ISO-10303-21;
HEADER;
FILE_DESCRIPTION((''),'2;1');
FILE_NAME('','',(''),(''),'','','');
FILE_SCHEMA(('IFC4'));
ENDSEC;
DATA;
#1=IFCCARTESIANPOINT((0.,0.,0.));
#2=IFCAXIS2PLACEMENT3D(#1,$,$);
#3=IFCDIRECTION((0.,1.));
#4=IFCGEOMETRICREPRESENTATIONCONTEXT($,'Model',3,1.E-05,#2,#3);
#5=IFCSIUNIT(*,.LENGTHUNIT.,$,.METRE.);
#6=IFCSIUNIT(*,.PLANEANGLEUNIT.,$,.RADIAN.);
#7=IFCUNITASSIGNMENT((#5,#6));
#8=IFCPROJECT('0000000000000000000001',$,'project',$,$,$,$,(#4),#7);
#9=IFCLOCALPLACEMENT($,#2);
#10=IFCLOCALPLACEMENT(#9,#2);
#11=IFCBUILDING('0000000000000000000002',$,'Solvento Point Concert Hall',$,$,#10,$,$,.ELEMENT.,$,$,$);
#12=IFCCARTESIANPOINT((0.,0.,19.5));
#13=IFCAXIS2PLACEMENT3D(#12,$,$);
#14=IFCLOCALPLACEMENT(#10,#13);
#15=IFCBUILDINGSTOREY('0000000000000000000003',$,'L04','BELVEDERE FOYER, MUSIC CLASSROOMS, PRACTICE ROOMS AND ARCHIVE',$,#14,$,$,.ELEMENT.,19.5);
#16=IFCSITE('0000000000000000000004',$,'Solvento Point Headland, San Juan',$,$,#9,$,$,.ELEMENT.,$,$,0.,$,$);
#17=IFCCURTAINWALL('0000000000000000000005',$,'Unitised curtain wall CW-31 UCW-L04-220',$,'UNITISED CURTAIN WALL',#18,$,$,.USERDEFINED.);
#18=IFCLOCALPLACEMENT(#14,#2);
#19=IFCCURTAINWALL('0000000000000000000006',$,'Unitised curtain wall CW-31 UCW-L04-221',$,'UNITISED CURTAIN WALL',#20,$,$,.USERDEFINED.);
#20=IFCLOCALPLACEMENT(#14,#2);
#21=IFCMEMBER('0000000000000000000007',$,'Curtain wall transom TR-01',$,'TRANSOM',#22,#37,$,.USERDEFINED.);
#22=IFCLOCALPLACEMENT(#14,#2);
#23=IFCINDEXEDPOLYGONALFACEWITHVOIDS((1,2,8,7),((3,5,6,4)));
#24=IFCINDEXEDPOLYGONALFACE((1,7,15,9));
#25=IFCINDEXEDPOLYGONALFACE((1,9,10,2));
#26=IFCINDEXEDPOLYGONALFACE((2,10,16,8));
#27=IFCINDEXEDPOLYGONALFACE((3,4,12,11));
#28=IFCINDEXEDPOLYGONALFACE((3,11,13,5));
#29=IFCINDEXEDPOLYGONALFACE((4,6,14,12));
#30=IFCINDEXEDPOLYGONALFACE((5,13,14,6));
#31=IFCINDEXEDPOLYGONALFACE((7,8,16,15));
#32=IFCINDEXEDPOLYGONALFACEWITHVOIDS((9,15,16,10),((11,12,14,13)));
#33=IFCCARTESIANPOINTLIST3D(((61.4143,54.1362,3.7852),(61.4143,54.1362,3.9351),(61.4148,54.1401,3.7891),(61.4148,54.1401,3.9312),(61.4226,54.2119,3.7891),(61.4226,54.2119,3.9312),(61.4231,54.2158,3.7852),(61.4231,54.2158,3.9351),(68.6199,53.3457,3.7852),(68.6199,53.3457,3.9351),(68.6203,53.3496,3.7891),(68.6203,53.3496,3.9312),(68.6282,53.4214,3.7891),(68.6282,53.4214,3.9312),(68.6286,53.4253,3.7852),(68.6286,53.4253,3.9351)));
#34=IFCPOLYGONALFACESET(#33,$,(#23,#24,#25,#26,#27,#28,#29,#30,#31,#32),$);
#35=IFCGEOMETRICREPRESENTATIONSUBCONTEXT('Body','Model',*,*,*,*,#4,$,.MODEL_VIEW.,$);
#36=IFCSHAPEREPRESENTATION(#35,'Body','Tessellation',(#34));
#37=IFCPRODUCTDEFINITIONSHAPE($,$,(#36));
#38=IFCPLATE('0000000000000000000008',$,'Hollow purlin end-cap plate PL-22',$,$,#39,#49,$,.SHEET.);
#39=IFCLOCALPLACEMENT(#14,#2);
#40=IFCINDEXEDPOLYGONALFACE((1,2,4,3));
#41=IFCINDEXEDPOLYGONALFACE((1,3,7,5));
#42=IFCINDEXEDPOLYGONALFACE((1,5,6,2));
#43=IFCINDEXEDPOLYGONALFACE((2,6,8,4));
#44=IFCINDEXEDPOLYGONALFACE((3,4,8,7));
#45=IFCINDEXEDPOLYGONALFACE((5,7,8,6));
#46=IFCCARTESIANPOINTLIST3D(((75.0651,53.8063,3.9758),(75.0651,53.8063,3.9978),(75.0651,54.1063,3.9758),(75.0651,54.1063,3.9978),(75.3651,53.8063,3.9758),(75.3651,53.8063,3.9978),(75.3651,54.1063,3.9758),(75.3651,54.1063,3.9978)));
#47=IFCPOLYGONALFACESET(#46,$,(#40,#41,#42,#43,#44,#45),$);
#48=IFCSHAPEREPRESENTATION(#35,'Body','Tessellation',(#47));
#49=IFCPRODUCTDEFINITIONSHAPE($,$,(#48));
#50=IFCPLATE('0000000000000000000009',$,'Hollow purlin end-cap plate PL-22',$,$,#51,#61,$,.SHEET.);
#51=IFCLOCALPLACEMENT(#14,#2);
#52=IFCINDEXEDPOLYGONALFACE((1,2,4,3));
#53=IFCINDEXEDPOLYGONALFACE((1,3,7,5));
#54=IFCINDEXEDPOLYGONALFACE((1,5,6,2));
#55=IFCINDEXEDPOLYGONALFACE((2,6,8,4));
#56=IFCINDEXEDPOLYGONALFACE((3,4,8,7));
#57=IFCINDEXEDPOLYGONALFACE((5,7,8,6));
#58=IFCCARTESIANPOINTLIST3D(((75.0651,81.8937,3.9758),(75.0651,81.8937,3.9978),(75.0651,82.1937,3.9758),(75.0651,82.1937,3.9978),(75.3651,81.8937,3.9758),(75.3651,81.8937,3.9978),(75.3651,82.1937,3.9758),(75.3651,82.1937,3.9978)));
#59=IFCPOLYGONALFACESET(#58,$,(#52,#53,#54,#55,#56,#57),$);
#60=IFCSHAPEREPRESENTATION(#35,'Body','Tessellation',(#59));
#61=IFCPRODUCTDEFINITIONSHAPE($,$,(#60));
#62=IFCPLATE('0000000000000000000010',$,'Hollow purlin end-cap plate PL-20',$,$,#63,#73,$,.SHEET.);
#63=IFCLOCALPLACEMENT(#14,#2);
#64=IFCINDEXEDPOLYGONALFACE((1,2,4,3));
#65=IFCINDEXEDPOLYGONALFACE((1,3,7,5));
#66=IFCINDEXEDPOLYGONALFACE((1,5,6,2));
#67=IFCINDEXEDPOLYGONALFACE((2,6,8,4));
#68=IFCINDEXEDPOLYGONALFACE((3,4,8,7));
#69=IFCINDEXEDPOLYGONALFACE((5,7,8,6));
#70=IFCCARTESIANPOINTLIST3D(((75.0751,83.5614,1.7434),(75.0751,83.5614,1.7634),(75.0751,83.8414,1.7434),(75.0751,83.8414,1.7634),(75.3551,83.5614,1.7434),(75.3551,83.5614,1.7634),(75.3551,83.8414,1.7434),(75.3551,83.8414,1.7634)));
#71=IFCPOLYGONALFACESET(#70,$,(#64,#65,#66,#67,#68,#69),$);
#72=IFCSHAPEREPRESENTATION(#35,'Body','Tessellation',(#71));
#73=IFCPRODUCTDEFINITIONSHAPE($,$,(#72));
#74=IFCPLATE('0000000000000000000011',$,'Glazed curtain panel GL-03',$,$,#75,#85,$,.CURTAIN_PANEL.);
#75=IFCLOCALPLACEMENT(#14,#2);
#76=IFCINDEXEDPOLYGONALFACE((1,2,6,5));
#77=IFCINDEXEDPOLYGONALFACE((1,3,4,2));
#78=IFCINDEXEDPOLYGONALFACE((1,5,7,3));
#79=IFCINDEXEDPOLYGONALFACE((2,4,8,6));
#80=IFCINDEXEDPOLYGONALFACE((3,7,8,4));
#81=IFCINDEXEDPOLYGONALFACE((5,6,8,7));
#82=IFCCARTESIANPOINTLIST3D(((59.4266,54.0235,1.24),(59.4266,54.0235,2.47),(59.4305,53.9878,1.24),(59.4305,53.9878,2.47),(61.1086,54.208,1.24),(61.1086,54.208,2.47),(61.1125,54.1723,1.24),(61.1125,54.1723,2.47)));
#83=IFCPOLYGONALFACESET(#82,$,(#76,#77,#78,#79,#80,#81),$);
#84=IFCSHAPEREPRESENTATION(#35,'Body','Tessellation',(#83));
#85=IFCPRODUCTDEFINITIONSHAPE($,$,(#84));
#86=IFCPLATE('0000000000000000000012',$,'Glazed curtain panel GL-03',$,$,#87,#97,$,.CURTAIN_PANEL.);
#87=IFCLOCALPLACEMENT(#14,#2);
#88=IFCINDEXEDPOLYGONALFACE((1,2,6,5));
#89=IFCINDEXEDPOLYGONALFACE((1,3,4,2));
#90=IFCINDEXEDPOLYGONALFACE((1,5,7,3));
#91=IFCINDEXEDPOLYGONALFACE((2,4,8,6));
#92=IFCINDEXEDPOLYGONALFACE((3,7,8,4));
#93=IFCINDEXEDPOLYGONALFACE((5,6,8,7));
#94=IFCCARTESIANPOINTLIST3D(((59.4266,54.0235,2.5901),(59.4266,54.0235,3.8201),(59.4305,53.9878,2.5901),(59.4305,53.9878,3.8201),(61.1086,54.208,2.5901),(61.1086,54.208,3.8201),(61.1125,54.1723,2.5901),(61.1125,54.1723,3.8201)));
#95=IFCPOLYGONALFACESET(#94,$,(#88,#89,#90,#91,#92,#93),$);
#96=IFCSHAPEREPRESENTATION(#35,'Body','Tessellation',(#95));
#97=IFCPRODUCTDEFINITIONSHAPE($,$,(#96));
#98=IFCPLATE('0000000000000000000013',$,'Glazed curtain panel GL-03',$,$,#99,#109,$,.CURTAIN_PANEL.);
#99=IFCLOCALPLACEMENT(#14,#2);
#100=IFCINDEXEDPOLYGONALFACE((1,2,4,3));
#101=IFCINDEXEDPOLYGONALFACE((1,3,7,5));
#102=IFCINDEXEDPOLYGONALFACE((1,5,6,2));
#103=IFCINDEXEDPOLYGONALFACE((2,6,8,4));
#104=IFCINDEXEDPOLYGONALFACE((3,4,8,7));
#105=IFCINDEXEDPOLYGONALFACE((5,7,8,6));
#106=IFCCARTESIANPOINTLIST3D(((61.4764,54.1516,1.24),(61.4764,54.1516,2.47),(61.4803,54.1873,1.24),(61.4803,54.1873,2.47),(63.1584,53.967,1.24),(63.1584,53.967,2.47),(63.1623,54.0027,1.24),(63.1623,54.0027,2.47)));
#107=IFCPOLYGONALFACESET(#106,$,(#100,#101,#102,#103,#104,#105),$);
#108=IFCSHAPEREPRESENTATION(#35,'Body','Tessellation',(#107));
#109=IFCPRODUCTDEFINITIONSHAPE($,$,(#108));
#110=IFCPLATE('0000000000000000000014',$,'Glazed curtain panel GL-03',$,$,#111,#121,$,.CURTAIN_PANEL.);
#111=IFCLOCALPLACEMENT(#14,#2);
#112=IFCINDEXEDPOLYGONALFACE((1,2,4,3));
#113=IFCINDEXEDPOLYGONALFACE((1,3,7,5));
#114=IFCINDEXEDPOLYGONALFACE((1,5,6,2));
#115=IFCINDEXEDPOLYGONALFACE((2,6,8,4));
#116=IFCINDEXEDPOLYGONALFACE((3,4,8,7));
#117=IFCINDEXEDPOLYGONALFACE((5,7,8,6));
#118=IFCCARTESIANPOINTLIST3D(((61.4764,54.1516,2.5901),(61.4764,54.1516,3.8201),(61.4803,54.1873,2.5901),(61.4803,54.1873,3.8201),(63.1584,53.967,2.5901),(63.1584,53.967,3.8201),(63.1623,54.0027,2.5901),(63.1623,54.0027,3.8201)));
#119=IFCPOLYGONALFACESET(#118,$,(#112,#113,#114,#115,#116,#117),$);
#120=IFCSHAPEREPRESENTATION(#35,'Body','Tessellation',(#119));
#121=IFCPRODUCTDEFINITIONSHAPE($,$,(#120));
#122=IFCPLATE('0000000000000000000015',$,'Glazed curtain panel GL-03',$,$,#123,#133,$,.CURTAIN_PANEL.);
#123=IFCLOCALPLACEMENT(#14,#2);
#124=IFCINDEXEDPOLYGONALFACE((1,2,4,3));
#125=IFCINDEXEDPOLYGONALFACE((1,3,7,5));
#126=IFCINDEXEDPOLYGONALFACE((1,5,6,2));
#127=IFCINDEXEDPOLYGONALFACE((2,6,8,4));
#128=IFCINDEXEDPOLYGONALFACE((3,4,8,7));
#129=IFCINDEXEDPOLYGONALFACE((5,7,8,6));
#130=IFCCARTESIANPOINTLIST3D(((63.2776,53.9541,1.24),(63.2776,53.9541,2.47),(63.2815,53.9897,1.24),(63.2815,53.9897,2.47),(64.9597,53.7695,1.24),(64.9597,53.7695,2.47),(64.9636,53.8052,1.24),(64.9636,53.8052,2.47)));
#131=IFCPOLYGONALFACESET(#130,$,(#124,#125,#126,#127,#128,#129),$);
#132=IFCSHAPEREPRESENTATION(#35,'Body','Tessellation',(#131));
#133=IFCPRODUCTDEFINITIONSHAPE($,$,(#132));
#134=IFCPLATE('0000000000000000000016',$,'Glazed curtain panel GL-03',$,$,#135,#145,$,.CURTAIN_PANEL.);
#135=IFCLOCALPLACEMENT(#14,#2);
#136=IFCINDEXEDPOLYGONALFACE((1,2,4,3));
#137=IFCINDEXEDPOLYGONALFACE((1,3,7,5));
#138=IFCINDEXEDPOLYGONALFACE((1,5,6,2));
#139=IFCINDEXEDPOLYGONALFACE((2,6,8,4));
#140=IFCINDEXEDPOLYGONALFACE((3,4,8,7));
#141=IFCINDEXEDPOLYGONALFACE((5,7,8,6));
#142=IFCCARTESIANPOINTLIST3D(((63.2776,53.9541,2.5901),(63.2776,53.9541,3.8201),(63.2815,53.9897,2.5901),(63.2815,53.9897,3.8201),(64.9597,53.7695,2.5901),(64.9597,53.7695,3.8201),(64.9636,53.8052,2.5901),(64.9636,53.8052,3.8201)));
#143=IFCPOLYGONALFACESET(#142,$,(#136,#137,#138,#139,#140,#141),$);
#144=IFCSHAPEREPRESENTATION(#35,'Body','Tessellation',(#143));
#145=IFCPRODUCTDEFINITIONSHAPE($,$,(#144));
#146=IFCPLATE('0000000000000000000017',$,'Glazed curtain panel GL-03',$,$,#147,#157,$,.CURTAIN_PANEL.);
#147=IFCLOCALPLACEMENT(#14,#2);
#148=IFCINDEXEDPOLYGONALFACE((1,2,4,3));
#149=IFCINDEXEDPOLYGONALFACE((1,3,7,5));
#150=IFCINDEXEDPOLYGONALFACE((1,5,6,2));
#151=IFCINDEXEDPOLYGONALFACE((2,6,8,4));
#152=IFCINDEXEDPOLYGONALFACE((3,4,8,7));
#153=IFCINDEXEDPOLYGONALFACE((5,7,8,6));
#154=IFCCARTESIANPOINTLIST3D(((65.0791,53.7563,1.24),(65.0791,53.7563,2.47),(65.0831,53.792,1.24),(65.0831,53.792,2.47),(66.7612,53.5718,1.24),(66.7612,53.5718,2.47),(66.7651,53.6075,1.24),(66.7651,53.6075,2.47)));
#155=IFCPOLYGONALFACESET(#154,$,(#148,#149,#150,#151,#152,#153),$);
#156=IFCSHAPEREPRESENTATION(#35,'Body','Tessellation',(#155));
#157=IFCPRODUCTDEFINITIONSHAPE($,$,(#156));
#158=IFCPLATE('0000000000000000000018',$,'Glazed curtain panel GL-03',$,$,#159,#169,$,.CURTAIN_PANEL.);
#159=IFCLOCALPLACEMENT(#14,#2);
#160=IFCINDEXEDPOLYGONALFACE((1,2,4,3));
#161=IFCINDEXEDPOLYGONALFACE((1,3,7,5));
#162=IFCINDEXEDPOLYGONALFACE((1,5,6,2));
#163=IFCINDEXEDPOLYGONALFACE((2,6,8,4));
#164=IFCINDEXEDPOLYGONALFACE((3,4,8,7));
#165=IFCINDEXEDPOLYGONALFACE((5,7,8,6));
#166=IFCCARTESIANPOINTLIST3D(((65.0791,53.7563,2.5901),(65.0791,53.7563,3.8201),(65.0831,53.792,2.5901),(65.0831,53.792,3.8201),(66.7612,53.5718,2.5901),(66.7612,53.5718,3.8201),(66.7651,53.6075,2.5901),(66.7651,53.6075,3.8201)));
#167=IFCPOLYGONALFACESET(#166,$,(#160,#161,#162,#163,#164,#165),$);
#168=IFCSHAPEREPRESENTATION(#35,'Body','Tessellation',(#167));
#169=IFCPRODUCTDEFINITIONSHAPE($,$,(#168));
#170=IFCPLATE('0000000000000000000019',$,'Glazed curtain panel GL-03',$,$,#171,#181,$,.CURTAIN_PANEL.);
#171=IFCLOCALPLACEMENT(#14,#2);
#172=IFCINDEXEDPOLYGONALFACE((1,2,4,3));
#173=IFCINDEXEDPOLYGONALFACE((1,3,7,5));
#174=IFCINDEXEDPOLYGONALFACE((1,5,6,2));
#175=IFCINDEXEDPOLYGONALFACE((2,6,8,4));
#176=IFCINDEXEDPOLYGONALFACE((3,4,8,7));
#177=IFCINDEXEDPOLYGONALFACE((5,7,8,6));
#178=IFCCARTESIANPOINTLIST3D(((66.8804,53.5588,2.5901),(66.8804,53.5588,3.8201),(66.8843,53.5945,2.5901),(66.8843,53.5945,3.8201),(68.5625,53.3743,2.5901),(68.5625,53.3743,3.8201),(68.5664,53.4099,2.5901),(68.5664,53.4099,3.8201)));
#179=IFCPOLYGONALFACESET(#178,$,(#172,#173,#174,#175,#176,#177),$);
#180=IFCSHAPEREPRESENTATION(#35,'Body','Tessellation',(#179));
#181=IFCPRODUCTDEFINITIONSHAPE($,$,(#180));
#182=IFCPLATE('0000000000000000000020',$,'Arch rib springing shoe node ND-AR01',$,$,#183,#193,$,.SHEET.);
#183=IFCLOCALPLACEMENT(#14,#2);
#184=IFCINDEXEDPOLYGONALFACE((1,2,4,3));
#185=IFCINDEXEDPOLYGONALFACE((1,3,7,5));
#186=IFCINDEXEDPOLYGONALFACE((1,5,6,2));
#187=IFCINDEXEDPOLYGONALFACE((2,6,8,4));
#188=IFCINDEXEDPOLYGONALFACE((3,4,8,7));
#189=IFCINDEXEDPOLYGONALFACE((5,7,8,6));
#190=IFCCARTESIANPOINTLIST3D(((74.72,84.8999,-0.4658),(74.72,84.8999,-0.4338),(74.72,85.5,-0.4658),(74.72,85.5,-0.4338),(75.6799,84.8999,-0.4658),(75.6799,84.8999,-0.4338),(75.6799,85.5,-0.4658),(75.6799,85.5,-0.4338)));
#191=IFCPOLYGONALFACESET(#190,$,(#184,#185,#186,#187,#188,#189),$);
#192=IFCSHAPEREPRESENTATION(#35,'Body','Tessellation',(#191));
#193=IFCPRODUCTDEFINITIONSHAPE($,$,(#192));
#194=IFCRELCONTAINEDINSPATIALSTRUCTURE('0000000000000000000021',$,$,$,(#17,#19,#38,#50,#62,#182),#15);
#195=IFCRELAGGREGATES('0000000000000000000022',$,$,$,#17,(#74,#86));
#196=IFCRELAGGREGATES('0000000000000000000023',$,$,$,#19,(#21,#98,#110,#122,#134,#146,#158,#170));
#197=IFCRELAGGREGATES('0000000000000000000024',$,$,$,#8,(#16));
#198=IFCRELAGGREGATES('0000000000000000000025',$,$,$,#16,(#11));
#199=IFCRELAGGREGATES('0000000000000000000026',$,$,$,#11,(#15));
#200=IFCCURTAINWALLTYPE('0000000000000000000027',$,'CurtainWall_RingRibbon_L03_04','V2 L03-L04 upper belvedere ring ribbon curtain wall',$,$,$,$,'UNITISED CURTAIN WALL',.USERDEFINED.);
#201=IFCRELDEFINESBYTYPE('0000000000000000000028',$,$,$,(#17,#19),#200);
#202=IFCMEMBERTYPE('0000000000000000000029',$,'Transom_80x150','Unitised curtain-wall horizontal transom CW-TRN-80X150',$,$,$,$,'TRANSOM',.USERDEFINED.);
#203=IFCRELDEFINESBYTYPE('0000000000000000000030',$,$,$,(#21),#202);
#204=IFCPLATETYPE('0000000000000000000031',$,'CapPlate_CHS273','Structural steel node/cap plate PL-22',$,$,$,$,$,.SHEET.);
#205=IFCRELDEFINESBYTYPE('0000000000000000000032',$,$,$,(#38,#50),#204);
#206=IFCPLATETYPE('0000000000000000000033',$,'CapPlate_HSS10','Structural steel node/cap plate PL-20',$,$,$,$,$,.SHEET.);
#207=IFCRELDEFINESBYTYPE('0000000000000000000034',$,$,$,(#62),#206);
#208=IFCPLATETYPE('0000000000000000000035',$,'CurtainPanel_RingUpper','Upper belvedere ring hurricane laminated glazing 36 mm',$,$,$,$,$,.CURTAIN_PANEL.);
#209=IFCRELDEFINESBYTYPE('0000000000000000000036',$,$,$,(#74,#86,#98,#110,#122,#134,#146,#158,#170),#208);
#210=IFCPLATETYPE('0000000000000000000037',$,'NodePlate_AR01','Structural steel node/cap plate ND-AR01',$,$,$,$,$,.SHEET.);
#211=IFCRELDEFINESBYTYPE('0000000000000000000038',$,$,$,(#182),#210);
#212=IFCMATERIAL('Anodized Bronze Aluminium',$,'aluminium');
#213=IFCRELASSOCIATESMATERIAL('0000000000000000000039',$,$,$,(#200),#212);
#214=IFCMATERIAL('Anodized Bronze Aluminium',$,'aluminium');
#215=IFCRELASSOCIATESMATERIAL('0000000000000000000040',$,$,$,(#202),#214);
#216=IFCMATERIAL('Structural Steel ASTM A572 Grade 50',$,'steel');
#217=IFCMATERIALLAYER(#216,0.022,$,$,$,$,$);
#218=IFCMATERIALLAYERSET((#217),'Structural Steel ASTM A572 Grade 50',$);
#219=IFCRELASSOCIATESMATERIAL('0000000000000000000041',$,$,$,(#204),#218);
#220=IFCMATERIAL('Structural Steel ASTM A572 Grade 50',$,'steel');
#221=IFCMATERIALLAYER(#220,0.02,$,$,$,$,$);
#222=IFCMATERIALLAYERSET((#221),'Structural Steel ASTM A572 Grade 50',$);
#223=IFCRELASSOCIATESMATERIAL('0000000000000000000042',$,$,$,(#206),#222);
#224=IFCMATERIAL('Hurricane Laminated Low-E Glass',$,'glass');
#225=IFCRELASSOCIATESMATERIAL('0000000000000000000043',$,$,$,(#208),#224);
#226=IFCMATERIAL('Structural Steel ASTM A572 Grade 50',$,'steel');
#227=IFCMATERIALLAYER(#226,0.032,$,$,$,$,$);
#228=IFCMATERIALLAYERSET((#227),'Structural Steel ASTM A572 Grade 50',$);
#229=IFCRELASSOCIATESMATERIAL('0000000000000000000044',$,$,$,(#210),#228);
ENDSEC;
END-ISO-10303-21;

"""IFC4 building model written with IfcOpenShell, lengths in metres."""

from ifc_helpers import new_model, si_unit, direction, frame, origin, origin_2d, place, context, subcontext, project, spatial, rectangle, hollow_rectangle, extrude, material, layer, layer_set, material_profile, profile_set, type_object, element, aggregate, save


model = new_model("IFC4")

# Units and contexts
model_context = context("Model", 3, precision=1e-05, world=origin(), true_north=direction((0.0, 1.0)))
body_context = subcontext(model_context, "Body", "Model", "MODEL_VIEW")
ifc_project = project(units=[si_unit("LENGTHUNIT", "METRE"), si_unit("PLANEANGLEUNIT", "RADIAN")], contexts=[model_context])

# Site, building, storey
site_placement = place(None, origin())
site = spatial("IfcSite", under=ifc_project, at=site_placement, Name="Solvento Point Headland, San Juan", CompositionType="ELEMENT", RefElevation=0.0)
building_placement = place(site_placement, origin())
building = spatial("IfcBuilding", under=site, at=building_placement, Name="Solvento Point Concert Hall", CompositionType="ELEMENT")
storey_placement = place(building_placement, frame((0.0, 0.0, 19.5)))
storey = spatial("IfcBuildingStorey", under=building, at=storey_placement, Name="L04", Description="BELVEDERE FOYER, MUSIC CLASSROOMS, PRACTICE ROOMS AND ARCHIVE", CompositionType="ELEMENT", Elevation=19.5)

# Curtain walls
ifc_material_1 = material(Name="Anodized Bronze Aluminium", Category="aluminium")
curtain_wall_type = type_object("IfcCurtainWallType", Name="CurtainWall_RingRibbon_L03_04", Description="V2 L03-L04 upper belvedere ring ribbon curtain wall", ElementType="UNITISED CURTAIN WALL", PredefinedType="USERDEFINED", material=ifc_material_1)
curtain_wall_1_placement = place(storey_placement, origin())
curtain_wall_1 = element("IfcCurtainWall", 1, at=curtain_wall_1_placement, inside=storey, type_object=curtain_wall_type, Name="Unitised curtain wall CW-31 UCW-L04-220", ObjectType="UNITISED CURTAIN WALL", PredefinedType="USERDEFINED")
curtain_wall_2_placement = place(storey_placement, origin())
curtain_wall_2 = element("IfcCurtainWall", 2, at=curtain_wall_2_placement, inside=storey, type_object=curtain_wall_type, Name="Unitised curtain wall CW-31 UCW-L04-221", ObjectType="UNITISED CURTAIN WALL", PredefinedType="USERDEFINED")

# Member
ifc_material_2 = material(Name="Anodized Bronze Aluminium", Category="aluminium")
ifc_material_profile_1 = material_profile(ifc_material_2, hollow_rectangle(XDim=0.0801, YDim=0.1499, WallThickness=0.0039, at=origin_2d()), Name="CW-TRN-80X150")
ifc_profile_set_1 = profile_set([ifc_material_profile_1], Name="Anodized Bronze Aluminium")
member_type_1 = type_object("IfcMemberType", Name="Transom_80x150", Description="Unitised curtain-wall horizontal transom CW-TRN-80X150", ElementType="TRANSOM", PredefinedType="USERDEFINED", material=ifc_profile_set_1)
member_1_placement = place(storey_placement, frame((61.4187, 54.176, 3.8601), z_axis=(0.994036, -0.109056, 0.0), x_axis=(0.109056, 0.994036, 0.0)))
member_1 = element("IfcMember", 3, at=member_1_placement, type_object=member_type_1, Name="Curtain wall transom TR-01", ObjectType="TRANSOM", PredefinedType="USERDEFINED", context=body_context, shape_type="SweptSolid", body=[
    extrude(hollow_rectangle(XDim=0.0801, YDim=0.1499, WallThickness=0.0039, at=origin_2d()), origin(), (0.0, 0.0, 1.0), 7.2488),
])

# Plates
ifc_material_3 = material(Name="Structural Steel ASTM A572 Grade 50", Category="steel")
ifc_layer_1 = layer(ifc_material_3, 0.022)
ifc_layer_set_1 = layer_set([ifc_layer_1], Name="Structural Steel ASTM A572 Grade 50")
plate_type_1 = type_object("IfcPlateType", Name="CapPlate_CHS273", Description="Structural steel node/cap plate PL-22", PredefinedType="SHEET", material=ifc_layer_set_1)
for number, where, z_axis, x_axis, name in (
    (4, (75.2151, 53.9563, 3.9758), (0.0, 0.0, 1.0), (0.0, 1.0, 0.0), "Hollow purlin end-cap plate PL-22"),
    (5, (75.2151, 82.0437, 3.9758), (0.0, 0.0, 1.0), (0.0, 1.0, 0.0), "Hollow purlin end-cap plate PL-22"),
):
    element("IfcPlate", number, at=place(storey_placement, frame(where, z_axis=z_axis, x_axis=x_axis)), inside=storey, type_object=plate_type_1, Name=name, PredefinedType="SHEET", context=body_context, shape_type="SweptSolid", body=[
        extrude(rectangle(XDim=0.3, YDim=0.3, at=origin_2d()), origin(), (0.0, 0.0, 1.0), 0.022),
    ])
ifc_material_4 = material(Name="Structural Steel ASTM A572 Grade 50", Category="steel")
ifc_layer_2 = layer(ifc_material_4, 0.02)
ifc_layer_set_2 = layer_set([ifc_layer_2], Name="Structural Steel ASTM A572 Grade 50")
plate_type_2 = type_object("IfcPlateType", Name="CapPlate_HSS10", Description="Structural steel node/cap plate PL-20", PredefinedType="SHEET", material=ifc_layer_set_2)
plate_1_placement = place(storey_placement, frame((75.2151, 83.7014, 1.7434), z_axis=(0.0, 0.0, 1.0), x_axis=(0.0, 1.0, 0.0)))
element("IfcPlate", 6, at=plate_1_placement, inside=storey, type_object=plate_type_2, Name="Hollow purlin end-cap plate PL-20", PredefinedType="SHEET", context=body_context, shape_type="SweptSolid", body=[
    extrude(rectangle(XDim=0.28, YDim=0.28, at=origin_2d()), origin(), (0.0, 0.0, 1.0), 0.02),
])

# Plates
ifc_material_5 = material(Name="Hurricane Laminated Low-E Glass", Category="glass")
plate_type_3 = type_object("IfcPlateType", Name="CurtainPanel_RingUpper", Description="Upper belvedere ring hurricane laminated glazing 36 mm", PredefinedType="CURTAIN_PANEL", material=ifc_material_5)
plate_2_placement = place(storey_placement, frame((60.2695, 54.0979, 1.24), z_axis=(0.0, 0.0, 1.0), x_axis=(0.994035, 0.109058, 0.0)))
plate_2 = element("IfcPlate", 7, at=plate_2_placement, type_object=plate_type_3, Name="Glazed curtain panel GL-03", PredefinedType="CURTAIN_PANEL", context=body_context, shape_type="SweptSolid", body=[
    extrude(rectangle(XDim=1.6921, YDim=0.0359, at=origin_2d()), origin(), (0.0, 0.0, 1.0), 1.23),
])
plate_3_placement = place(storey_placement, frame((60.2695, 54.0979, 2.5901), z_axis=(0.0, 0.0, 1.0), x_axis=(0.994035, 0.109058, 0.0)))
plate_3 = element("IfcPlate", 8, at=plate_3_placement, type_object=plate_type_3, Name="Glazed curtain panel GL-03", PredefinedType="CURTAIN_PANEL", context=body_context, shape_type="SweptSolid", body=[
    extrude(rectangle(XDim=1.6921, YDim=0.0359, at=origin_2d()), origin(), (0.0, 0.0, 1.0), 1.23),
])
aggregate(curtain_wall_1, [plate_2, plate_3])
plate_4_placement = place(storey_placement, frame((62.3193, 54.0771, 1.24), z_axis=(0.0, 0.0, 1.0), x_axis=(0.994035, -0.109058, 0.0)))
plate_4 = element("IfcPlate", 9, at=plate_4_placement, type_object=plate_type_3, Name="Glazed curtain panel GL-03", PredefinedType="CURTAIN_PANEL", context=body_context, shape_type="SweptSolid", body=[
    extrude(rectangle(XDim=1.6921, YDim=0.0359, at=origin_2d()), origin(), (0.0, 0.0, 1.0), 1.23),
])
plate_5_placement = place(storey_placement, frame((62.3193, 54.0771, 2.5901), z_axis=(0.0, 0.0, 1.0), x_axis=(0.994035, -0.109058, 0.0)))
plate_5 = element("IfcPlate", 10, at=plate_5_placement, type_object=plate_type_3, Name="Glazed curtain panel GL-03", PredefinedType="CURTAIN_PANEL", context=body_context, shape_type="SweptSolid", body=[
    extrude(rectangle(XDim=1.6921, YDim=0.0359, at=origin_2d()), origin(), (0.0, 0.0, 1.0), 1.23),
])
plate_6_placement = place(storey_placement, frame((64.1206, 53.8796, 1.24), z_axis=(0.0, 0.0, 1.0), x_axis=(0.994035, -0.109058, 0.0)))
plate_6 = element("IfcPlate", 11, at=plate_6_placement, type_object=plate_type_3, Name="Glazed curtain panel GL-03", PredefinedType="CURTAIN_PANEL", context=body_context, shape_type="SweptSolid", body=[
    extrude(rectangle(XDim=1.6921, YDim=0.0359, at=origin_2d()), origin(), (0.0, 0.0, 1.0), 1.23),
])
plate_7_placement = place(storey_placement, frame((64.1206, 53.8796, 2.5901), z_axis=(0.0, 0.0, 1.0), x_axis=(0.994035, -0.109058, 0.0)))
plate_7 = element("IfcPlate", 12, at=plate_7_placement, type_object=plate_type_3, Name="Glazed curtain panel GL-03", PredefinedType="CURTAIN_PANEL", context=body_context, shape_type="SweptSolid", body=[
    extrude(rectangle(XDim=1.6921, YDim=0.0359, at=origin_2d()), origin(), (0.0, 0.0, 1.0), 1.23),
])
plate_8_placement = place(storey_placement, frame((65.9221, 53.6819, 1.24), z_axis=(0.0, 0.0, 1.0), x_axis=(0.994035, -0.109058, 0.0)))
plate_8 = element("IfcPlate", 13, at=plate_8_placement, type_object=plate_type_3, Name="Glazed curtain panel GL-03", PredefinedType="CURTAIN_PANEL", context=body_context, shape_type="SweptSolid", body=[
    extrude(rectangle(XDim=1.6921, YDim=0.0359, at=origin_2d()), origin(), (0.0, 0.0, 1.0), 1.23),
])
plate_9_placement = place(storey_placement, frame((65.9221, 53.6819, 2.5901), z_axis=(0.0, 0.0, 1.0), x_axis=(0.994035, -0.109058, 0.0)))
plate_9 = element("IfcPlate", 14, at=plate_9_placement, type_object=plate_type_3, Name="Glazed curtain panel GL-03", PredefinedType="CURTAIN_PANEL", context=body_context, shape_type="SweptSolid", body=[
    extrude(rectangle(XDim=1.6921, YDim=0.0359, at=origin_2d()), origin(), (0.0, 0.0, 1.0), 1.23),
])
plate_10_placement = place(storey_placement, frame((67.7234, 53.4844, 2.5901), z_axis=(0.0, 0.0, 1.0), x_axis=(0.994035, -0.109058, 0.0)))
plate_10 = element("IfcPlate", 15, at=plate_10_placement, type_object=plate_type_3, Name="Glazed curtain panel GL-03", PredefinedType="CURTAIN_PANEL", context=body_context, shape_type="SweptSolid", body=[
    extrude(rectangle(XDim=1.6921, YDim=0.0359, at=origin_2d()), origin(), (0.0, 0.0, 1.0), 1.23),
])
aggregate(curtain_wall_2, [member_1, plate_4, plate_5, plate_6, plate_7, plate_8, plate_9, plate_10])

# Plate
ifc_material_6 = material(Name="Structural Steel ASTM A572 Grade 50", Category="steel")
ifc_layer_3 = layer(ifc_material_6, 0.032)
ifc_layer_set_3 = layer_set([ifc_layer_3], Name="Structural Steel ASTM A572 Grade 50")
plate_type_4 = type_object("IfcPlateType", Name="NodePlate_AR01", Description="Structural steel node/cap plate ND-AR01", PredefinedType="SHEET", material=ifc_layer_set_3)
plate_11_placement = place(storey_placement, frame((75.2, 85.2, -0.4658), z_axis=(0.0, 0.0, 1.0), x_axis=(1.0, 0.0, 0.0)))
element("IfcPlate", 16, at=plate_11_placement, inside=storey, type_object=plate_type_4, Name="Arch rib springing shoe node ND-AR01", PredefinedType="SHEET", context=body_context, shape_type="SweptSolid", body=[
    extrude(rectangle(XDim=0.96, YDim=0.6001, at=origin_2d()), origin(), (0.0, 0.0, 1.0), 0.032),
])

save(model, "model.ifc")
